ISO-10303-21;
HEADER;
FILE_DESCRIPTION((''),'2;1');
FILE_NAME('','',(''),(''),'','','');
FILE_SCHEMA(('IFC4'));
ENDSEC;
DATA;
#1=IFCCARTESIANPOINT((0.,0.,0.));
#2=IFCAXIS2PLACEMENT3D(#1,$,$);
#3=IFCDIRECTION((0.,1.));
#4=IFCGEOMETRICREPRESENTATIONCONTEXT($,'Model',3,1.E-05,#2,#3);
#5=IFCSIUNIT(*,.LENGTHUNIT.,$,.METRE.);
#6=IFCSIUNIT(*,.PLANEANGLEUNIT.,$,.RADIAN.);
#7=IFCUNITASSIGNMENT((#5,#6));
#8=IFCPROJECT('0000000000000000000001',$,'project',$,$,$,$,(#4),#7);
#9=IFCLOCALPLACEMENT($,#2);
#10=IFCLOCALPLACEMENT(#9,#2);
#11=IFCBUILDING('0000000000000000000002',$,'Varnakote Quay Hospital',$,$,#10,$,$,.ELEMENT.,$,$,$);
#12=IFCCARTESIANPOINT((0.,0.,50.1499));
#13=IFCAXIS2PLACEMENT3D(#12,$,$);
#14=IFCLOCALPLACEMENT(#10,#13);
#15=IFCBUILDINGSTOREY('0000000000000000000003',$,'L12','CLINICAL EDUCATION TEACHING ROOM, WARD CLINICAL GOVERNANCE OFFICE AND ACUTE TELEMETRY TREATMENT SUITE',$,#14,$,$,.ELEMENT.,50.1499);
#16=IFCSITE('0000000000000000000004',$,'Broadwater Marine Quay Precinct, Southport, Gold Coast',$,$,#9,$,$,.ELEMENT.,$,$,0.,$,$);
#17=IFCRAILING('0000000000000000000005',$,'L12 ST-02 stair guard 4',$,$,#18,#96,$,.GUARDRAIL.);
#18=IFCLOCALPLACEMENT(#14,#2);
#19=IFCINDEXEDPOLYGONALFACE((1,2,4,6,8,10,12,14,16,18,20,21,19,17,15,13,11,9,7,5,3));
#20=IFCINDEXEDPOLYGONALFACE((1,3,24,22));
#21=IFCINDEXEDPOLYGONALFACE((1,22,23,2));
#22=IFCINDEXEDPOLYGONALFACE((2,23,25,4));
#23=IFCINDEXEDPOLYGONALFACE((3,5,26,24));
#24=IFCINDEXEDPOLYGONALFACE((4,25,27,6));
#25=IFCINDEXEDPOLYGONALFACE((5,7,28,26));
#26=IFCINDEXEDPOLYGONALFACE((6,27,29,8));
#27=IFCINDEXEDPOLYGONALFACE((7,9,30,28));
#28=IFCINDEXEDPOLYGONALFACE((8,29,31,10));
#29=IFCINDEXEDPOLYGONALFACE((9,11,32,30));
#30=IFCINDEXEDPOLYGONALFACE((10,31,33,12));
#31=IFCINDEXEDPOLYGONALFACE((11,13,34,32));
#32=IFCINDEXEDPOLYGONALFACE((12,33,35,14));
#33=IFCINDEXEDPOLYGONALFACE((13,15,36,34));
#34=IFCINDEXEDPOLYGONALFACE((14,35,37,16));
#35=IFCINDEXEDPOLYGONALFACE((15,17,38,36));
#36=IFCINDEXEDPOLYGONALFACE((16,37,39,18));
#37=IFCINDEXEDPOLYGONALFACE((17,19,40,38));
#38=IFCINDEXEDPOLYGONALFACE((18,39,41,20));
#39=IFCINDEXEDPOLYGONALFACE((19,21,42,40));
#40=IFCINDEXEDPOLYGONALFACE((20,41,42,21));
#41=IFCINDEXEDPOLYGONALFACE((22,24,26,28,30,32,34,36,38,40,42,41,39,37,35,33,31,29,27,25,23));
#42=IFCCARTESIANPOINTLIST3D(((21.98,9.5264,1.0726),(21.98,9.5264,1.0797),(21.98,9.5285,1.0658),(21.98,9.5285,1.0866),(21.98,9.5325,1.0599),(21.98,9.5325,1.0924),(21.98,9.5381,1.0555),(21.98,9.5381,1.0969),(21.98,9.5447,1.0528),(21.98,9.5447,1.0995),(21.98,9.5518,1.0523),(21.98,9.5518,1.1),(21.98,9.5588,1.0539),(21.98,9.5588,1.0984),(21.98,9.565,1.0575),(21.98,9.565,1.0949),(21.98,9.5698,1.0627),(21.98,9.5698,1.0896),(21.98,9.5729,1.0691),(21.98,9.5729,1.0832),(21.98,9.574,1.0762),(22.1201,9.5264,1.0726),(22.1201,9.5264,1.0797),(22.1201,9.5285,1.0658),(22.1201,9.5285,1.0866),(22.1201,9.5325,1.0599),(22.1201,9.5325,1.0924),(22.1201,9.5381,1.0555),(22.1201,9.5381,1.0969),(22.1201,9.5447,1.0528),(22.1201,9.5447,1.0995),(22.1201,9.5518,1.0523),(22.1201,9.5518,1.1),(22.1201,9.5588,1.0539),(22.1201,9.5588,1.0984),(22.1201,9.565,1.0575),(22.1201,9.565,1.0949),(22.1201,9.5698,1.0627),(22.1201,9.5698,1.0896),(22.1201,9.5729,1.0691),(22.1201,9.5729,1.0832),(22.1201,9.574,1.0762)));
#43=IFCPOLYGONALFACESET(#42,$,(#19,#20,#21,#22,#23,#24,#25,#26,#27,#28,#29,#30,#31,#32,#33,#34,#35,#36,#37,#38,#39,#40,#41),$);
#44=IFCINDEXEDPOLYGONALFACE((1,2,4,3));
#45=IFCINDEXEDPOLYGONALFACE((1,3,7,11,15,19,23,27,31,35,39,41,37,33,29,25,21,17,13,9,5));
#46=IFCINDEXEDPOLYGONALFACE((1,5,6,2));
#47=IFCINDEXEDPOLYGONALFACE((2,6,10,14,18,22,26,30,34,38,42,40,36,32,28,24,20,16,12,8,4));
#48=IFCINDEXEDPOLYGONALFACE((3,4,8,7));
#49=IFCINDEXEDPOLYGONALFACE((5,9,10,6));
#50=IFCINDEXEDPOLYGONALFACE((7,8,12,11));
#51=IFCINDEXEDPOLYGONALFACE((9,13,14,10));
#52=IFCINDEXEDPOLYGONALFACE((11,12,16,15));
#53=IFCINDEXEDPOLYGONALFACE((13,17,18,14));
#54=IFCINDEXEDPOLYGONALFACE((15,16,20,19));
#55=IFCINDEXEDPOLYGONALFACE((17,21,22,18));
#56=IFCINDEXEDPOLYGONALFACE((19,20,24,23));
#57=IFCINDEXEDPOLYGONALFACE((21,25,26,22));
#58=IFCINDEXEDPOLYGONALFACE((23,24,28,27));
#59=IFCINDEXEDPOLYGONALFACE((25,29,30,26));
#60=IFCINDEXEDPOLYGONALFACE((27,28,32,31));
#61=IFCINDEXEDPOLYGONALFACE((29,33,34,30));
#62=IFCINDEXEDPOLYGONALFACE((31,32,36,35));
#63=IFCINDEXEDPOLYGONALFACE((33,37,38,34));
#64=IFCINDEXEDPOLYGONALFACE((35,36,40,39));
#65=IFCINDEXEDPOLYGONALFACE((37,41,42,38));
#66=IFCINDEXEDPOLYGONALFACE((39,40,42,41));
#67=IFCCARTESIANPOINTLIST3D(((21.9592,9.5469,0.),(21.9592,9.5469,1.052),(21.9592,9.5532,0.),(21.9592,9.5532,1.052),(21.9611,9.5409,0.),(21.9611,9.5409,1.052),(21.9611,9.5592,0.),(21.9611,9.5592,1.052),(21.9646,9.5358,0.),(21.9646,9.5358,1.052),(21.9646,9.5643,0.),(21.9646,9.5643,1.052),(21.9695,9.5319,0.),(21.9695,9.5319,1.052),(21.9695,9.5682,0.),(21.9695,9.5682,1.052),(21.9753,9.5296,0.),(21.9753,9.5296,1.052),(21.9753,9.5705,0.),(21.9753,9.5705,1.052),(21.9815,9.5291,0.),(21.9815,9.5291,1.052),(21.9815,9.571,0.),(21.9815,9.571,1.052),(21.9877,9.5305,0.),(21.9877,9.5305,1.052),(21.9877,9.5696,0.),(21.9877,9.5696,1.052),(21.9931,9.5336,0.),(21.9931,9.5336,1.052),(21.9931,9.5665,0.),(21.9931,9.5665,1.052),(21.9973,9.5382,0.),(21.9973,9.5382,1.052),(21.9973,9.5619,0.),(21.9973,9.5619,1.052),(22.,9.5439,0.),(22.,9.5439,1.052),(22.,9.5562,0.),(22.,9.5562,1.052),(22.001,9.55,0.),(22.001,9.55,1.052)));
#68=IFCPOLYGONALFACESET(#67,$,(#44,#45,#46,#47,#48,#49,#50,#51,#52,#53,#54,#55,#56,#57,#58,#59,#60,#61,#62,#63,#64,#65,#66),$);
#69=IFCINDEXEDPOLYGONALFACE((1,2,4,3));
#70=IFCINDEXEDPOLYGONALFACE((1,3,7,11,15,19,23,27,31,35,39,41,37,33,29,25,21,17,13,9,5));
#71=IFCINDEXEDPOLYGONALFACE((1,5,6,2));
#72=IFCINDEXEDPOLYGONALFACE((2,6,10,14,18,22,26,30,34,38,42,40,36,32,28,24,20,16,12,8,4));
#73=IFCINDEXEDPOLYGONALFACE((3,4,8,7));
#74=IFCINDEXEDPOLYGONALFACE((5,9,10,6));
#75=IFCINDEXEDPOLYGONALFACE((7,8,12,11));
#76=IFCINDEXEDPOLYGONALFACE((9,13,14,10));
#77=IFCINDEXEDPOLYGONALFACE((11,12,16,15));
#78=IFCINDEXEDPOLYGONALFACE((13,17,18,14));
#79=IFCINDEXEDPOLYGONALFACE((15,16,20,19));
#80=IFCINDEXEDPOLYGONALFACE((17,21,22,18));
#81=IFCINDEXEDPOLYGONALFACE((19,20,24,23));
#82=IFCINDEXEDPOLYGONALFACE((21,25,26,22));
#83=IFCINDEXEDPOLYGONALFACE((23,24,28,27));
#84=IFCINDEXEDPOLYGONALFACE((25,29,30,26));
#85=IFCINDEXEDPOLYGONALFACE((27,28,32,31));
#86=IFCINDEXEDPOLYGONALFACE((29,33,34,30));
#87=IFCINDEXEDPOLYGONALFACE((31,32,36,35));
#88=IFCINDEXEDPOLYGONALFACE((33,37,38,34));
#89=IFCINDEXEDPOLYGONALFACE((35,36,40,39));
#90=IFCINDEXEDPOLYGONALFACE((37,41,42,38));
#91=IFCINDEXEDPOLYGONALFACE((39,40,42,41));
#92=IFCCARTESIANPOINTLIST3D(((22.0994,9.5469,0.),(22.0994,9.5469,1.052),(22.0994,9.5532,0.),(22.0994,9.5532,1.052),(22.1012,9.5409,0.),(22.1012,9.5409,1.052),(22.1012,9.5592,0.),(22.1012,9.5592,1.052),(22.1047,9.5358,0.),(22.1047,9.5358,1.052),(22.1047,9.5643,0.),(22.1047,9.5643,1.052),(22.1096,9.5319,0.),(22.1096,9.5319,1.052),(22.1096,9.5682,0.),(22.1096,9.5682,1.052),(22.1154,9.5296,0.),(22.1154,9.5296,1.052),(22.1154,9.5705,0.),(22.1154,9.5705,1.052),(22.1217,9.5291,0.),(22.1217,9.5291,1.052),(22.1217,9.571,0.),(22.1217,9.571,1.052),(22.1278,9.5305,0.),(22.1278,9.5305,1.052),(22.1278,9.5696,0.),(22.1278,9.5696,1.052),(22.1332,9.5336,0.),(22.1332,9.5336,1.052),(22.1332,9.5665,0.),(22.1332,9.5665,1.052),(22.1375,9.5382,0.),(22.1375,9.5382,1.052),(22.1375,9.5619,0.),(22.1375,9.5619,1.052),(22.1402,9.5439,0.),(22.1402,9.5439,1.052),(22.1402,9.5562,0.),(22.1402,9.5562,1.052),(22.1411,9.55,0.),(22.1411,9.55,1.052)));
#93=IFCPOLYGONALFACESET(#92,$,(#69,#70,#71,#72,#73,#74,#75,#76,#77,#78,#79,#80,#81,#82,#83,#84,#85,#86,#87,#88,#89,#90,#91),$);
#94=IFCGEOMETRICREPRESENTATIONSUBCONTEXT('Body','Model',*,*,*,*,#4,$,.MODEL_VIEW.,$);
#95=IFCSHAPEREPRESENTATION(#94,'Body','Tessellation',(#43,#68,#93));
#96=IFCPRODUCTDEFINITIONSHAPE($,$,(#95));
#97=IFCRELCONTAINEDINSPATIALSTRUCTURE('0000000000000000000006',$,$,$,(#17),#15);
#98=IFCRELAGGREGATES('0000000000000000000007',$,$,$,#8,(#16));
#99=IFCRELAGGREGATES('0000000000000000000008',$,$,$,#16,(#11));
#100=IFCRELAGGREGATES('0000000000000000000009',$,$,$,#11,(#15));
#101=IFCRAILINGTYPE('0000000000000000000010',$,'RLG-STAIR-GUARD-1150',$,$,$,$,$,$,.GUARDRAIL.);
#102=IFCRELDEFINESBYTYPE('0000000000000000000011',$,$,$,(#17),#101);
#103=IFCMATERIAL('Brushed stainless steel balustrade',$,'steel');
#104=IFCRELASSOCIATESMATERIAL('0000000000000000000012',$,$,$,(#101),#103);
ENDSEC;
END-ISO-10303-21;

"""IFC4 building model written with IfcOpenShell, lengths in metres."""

from ifc_helpers import new_model, si_unit, direction, frame, origin, origin_2d, place, context, subcontext, project, spatial, circle, extrude, material, type_object, element, save


model = new_model("IFC4")

# Units and contexts
model_context = context("Model", 3, precision=1e-05, world=origin(), true_north=direction((0.0, 1.0)))
body_context = subcontext(model_context, "Body", "Model", "MODEL_VIEW")
ifc_project = project(units=[si_unit("LENGTHUNIT", "METRE"), si_unit("PLANEANGLEUNIT", "RADIAN")], contexts=[model_context])

# Site, building, storey
site_placement = place(None, origin())
site = spatial("IfcSite", under=ifc_project, at=site_placement, Name="Broadwater Marine Quay Precinct, Southport, Gold Coast", CompositionType="ELEMENT", RefElevation=0.0)
building_placement = place(site_placement, origin())
building = spatial("IfcBuilding", under=site, at=building_placement, Name="Varnakote Quay Hospital", CompositionType="ELEMENT")
storey_placement = place(building_placement, frame((0.0, 0.0, 50.1499)))
storey = spatial("IfcBuildingStorey", under=building, at=storey_placement, Name="L12", Description="CLINICAL EDUCATION TEACHING ROOM, WARD CLINICAL GOVERNANCE OFFICE AND ACUTE TELEMETRY TREATMENT SUITE", CompositionType="ELEMENT", Elevation=50.1499)

# Railing
ifc_material_1 = material(Name="Brushed stainless steel balustrade", Category="steel")
railing_type_1 = type_object("IfcRailingType", Name="RLG-STAIR-GUARD-1150", PredefinedType="GUARDRAIL", material=ifc_material_1)
railing_1_placement = place(storey_placement, frame((21.98, 9.55, 0.0)))
element("IfcRailing", 1, at=railing_1_placement, inside=storey, type_object=railing_type_1, Name="L12 ST-02 stair guard 4", PredefinedType="GUARDRAIL", context=body_context, shape_type="SweptSolid", body=[
    extrude(circle(Radius=0.0239, at=origin_2d()), frame((0.0, 0.0, 1.0762), z_axis=(1.0, 0.0, 0.0), x_axis=(0.0, 1.0, 0.0)), (0.0, 0.0, 1.0), 0.1401),
    extrude(circle(Radius=0.021, at=origin_2d()), origin(), (0.0, 0.0, 1.0), 1.052),
    extrude(circle(Radius=0.021, at=origin_2d()), frame((0.1401, 0.0, 0.0)), (0.0, 0.0, 1.0), 1.052),
])

save(model, "model.ifc")
